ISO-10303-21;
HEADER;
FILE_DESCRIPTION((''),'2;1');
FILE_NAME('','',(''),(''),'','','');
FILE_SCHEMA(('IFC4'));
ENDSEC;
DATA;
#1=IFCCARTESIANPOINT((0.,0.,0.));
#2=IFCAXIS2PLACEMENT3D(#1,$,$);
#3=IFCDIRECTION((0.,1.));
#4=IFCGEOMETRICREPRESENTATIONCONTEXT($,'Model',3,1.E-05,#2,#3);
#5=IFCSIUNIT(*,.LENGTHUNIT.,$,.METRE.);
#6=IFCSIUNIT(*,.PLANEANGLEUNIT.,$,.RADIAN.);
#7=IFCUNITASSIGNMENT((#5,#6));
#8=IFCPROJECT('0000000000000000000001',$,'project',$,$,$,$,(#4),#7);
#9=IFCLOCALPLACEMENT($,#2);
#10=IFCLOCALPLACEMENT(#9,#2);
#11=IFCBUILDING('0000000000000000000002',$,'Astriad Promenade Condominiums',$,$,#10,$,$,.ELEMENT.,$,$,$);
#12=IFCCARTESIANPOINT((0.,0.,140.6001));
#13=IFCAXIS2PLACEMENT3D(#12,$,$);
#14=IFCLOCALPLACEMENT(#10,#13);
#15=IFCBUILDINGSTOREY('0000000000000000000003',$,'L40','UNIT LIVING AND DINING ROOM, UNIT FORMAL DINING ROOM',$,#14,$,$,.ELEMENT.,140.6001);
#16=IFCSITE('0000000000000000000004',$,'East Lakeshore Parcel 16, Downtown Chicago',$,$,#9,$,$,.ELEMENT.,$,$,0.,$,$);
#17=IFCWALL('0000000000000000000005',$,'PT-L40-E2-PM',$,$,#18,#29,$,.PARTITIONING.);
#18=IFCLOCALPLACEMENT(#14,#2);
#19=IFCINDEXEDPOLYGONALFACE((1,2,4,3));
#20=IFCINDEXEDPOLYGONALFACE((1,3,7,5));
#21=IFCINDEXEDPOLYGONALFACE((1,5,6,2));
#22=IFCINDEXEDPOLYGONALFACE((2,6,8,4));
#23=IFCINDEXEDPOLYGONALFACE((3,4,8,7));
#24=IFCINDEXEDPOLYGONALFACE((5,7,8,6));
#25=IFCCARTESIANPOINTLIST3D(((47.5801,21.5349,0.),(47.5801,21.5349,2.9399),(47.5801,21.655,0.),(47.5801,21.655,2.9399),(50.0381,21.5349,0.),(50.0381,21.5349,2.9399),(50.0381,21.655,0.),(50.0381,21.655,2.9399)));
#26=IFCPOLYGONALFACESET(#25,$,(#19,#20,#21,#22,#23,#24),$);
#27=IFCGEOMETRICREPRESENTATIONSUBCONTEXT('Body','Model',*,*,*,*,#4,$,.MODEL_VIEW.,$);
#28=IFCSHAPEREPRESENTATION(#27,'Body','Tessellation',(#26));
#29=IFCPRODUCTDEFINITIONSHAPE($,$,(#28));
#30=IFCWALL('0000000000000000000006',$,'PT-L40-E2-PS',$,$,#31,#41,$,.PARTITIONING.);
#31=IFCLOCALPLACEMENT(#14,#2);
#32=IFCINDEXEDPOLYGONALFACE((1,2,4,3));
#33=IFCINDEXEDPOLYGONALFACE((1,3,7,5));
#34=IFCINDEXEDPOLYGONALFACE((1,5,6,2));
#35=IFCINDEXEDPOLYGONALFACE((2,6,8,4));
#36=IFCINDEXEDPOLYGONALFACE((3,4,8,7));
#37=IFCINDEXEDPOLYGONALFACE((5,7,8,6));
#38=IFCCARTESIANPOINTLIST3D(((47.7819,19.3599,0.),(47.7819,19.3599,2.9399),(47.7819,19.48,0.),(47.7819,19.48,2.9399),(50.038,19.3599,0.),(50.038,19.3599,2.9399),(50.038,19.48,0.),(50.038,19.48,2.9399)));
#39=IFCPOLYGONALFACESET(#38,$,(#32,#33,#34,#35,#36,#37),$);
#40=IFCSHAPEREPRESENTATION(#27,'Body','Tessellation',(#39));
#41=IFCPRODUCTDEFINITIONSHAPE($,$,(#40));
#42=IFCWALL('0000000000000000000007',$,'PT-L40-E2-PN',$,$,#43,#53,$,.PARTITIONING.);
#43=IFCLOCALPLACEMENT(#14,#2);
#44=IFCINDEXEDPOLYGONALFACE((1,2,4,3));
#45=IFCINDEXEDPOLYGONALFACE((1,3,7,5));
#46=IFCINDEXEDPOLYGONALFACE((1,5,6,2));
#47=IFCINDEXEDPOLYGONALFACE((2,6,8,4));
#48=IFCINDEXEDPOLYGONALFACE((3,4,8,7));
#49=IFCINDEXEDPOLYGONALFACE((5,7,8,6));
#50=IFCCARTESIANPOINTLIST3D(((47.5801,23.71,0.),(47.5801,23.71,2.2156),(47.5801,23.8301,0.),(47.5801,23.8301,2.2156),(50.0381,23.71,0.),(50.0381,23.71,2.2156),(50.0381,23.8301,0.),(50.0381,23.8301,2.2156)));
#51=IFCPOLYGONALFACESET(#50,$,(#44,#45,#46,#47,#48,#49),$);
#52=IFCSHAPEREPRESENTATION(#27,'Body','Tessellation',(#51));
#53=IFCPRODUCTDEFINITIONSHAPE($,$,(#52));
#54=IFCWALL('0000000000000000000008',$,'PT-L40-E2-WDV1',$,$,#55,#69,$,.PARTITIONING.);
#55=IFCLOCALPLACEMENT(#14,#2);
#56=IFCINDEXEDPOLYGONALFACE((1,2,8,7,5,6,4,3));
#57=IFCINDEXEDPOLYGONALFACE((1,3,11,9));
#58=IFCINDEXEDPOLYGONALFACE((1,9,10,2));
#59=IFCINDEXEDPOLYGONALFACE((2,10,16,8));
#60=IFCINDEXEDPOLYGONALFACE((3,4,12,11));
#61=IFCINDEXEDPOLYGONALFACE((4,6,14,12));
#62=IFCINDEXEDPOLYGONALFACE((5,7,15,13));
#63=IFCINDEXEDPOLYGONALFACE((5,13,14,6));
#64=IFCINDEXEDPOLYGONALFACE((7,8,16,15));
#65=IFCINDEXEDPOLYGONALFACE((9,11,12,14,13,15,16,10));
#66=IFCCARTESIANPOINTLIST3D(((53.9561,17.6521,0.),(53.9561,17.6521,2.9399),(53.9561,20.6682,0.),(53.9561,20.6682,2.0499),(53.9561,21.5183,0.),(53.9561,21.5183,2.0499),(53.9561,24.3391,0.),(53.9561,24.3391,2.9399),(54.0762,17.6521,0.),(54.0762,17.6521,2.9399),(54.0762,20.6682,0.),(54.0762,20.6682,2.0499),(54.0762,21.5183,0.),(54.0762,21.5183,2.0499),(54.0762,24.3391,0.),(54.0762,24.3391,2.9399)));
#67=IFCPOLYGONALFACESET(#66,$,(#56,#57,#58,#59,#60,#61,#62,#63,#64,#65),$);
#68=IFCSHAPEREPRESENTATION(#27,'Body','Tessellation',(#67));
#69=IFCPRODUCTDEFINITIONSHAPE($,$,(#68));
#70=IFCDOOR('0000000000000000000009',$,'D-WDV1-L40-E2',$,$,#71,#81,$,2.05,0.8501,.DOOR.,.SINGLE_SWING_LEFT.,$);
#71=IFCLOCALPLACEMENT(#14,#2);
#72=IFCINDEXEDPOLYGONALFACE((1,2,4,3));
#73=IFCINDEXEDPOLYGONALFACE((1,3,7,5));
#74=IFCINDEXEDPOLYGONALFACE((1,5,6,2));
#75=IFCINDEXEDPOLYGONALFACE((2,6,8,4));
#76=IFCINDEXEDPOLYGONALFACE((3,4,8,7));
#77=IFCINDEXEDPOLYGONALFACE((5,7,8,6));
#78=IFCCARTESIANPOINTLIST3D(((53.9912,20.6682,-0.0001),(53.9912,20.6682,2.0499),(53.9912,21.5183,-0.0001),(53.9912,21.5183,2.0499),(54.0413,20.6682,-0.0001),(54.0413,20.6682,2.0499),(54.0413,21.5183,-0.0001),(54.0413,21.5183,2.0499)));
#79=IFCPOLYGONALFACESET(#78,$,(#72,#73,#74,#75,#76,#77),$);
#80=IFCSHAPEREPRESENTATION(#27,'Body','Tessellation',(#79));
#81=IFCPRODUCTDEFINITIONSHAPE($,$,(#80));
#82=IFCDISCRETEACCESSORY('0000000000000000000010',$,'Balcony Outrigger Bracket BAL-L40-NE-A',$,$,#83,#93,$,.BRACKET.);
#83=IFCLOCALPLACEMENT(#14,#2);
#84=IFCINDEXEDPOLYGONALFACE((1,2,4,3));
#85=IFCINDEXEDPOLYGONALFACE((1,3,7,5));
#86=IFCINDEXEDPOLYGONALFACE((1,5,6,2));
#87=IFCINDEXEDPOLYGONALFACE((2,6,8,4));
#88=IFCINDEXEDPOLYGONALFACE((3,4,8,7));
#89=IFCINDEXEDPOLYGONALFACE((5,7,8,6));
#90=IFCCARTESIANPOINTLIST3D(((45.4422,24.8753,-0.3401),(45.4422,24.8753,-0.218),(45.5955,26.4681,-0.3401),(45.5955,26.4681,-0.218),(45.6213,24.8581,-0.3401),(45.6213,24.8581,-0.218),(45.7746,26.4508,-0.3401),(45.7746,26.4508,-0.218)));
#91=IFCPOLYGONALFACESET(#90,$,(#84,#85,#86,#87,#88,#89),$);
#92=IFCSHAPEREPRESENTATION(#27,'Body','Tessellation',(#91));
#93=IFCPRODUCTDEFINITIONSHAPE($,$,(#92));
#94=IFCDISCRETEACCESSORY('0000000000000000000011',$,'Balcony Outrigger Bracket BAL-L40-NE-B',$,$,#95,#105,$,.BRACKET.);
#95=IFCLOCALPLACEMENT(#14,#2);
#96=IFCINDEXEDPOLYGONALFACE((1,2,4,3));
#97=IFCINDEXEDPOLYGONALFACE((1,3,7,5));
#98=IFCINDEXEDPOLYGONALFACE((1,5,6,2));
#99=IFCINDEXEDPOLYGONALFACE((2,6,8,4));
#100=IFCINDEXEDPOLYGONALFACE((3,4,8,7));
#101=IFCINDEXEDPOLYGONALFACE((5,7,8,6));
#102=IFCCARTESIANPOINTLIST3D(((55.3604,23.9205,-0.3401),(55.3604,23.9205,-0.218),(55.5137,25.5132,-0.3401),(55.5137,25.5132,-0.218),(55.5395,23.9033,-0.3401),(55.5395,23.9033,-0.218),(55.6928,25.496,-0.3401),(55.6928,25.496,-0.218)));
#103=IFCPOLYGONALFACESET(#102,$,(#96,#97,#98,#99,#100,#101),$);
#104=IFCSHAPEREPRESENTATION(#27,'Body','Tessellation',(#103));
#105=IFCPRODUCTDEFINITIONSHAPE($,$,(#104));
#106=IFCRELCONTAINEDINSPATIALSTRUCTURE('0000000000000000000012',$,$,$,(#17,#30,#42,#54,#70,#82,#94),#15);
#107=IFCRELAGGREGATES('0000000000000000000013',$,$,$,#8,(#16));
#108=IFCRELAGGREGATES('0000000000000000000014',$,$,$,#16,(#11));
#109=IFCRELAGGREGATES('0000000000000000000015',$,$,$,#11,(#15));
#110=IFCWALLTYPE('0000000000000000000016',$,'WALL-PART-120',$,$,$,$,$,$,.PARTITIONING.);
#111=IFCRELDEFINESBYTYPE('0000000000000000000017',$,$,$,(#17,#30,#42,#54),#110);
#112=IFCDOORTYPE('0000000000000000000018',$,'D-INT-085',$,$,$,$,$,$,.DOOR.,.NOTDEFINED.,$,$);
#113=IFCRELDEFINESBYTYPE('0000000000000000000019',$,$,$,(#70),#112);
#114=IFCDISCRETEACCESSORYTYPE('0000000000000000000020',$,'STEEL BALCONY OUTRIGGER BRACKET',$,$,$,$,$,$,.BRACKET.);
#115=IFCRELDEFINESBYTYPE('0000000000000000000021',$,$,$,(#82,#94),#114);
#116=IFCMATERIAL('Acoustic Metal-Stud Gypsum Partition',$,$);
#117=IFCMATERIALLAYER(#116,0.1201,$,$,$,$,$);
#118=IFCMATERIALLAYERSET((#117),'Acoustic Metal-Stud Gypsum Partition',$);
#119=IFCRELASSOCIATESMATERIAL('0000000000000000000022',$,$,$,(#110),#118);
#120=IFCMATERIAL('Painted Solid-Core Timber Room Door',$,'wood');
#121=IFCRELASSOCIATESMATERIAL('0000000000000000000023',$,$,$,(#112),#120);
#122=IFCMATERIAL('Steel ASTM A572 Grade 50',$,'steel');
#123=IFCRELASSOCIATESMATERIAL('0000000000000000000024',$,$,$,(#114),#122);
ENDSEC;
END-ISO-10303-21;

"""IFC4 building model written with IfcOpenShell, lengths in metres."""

from ifc_helpers import new_model, si_unit, direction, frame, frame_2d, origin, origin_2d, place, context, subcontext, project, spatial, rectangle, extrude, source, transform, mapped, material, layer, layer_set, type_object, type_shapes, element, fill, save


model = new_model("IFC4")

# Units and contexts
model_context = context("Model", 3, precision=1e-05, world=origin(), true_north=direction((0.0, 1.0)))
body_context = subcontext(model_context, "Body", "Model", "MODEL_VIEW")
ifc_project = project(units=[si_unit("LENGTHUNIT", "METRE"), si_unit("PLANEANGLEUNIT", "RADIAN")], contexts=[model_context])

# Site, building, storey
site_placement = place(None, origin())
site = spatial("IfcSite", under=ifc_project, at=site_placement, Name="East Lakeshore Parcel 16, Downtown Chicago", CompositionType="ELEMENT", RefElevation=0.0)
building_placement = place(site_placement, origin())
building = spatial("IfcBuilding", under=site, at=building_placement, Name="Astriad Promenade Condominiums", CompositionType="ELEMENT")
storey_placement = place(building_placement, frame((0.0, 0.0, 140.6001)))
storey = spatial("IfcBuildingStorey", under=building, at=storey_placement, Name="L40", Description="UNIT LIVING AND DINING ROOM, UNIT FORMAL DINING ROOM", CompositionType="ELEMENT", Elevation=140.6001)

# Shared definitions
ifc_material_1 = material(Name="Acoustic Metal-Stud Gypsum Partition")
ifc_layer_1 = layer(ifc_material_1, 0.1201)
ifc_layer_set_1 = layer_set([ifc_layer_1], Name="Acoustic Metal-Stud Gypsum Partition")
wall_type_1 = type_object("IfcWallType", Name="WALL-PART-120", PredefinedType="PARTITIONING", material=ifc_layer_set_1)
ifc_material_2 = material(Name="Painted Solid-Core Timber Room Door", Category="wood")
door_type_1 = type_object("IfcDoorType", Name="D-INT-085", OperationType="NOTDEFINED", PredefinedType="DOOR", material=ifc_material_2)
shared_shape_1 = source(origin(), body_context, "Body", "SweptSolid", [
    extrude(rectangle(XDim=0.8501, YDim=2.05, at=frame_2d((0.425, 1.0249))), frame((0.0, 0.0249, 0.0), z_axis=(0.0, -1.0, 0.0), x_axis=(1.0, 0.0, 0.0)), (0.0, 0.0, 1.0), 0.05),
])
type_shapes(door_type_1, [shared_shape_1])

# Walls
wall_1_placement = place(storey_placement, frame((47.5801, 21.595, 0.0), z_axis=(0.0, 0.0, 1.0), x_axis=(1.0, 0.0, 0.0)))
element("IfcWall", 1, at=wall_1_placement, inside=storey, type_object=wall_type_1, Name="PT-L40-E2-PM", PredefinedType="PARTITIONING", context=body_context, shape_type="SweptSolid", body=[
    extrude(rectangle(XDim=2.458, YDim=0.1201, at=frame_2d((1.229, 0.0))), origin(), (0.0, 0.0, 1.0), 2.9399),
])
wall_2_placement = place(storey_placement, frame((47.782, 19.4199, 0.0), z_axis=(0.0, 0.0, 1.0), x_axis=(1.0, 0.0, 0.0)))
element("IfcWall", 2, at=wall_2_placement, inside=storey, type_object=wall_type_1, Name="PT-L40-E2-PS", PredefinedType="PARTITIONING", context=body_context, shape_type="SweptSolid", body=[
    extrude(rectangle(XDim=2.2561, YDim=0.1201, at=frame_2d((1.1279, 0.0))), origin(), (0.0, 0.0, 1.0), 2.9399),
])
wall_3_placement = place(storey_placement, frame((47.5801, 23.77, 0.0), z_axis=(0.0, 0.0, 1.0), x_axis=(1.0, 0.0, 0.0)))
element("IfcWall", 3, at=wall_3_placement, inside=storey, type_object=wall_type_1, Name="PT-L40-E2-PN", PredefinedType="PARTITIONING", context=body_context, shape_type="SweptSolid", body=[
    extrude(rectangle(XDim=2.458, YDim=0.1201, at=frame_2d((1.229, 0.0))), origin(), (0.0, 0.0, 1.0), 2.2156),
])

# Wall, opening, door
wall_4_placement = place(storey_placement, frame((54.0161, 17.6521, 0.0), z_axis=(0.0, 0.0, 1.0), x_axis=(0.0, 1.0, 0.0)))
wall_4 = element("IfcWall", 4, at=wall_4_placement, inside=storey, type_object=wall_type_1, Name="PT-L40-E2-WDV1", PredefinedType="PARTITIONING", context=body_context, shape_type="SweptSolid", body=[
    extrude(rectangle(XDim=6.687, YDim=0.1201, at=frame_2d((3.3435, 0.0))), origin(), (0.0, 0.0, 1.0), 2.9399),
])
opening_1_placement = place(wall_4_placement, frame((3.0161, 0.0, 0.0)))
opening_1 = element("IfcOpeningElement", 5, at=opening_1_placement, cuts=wall_4, PredefinedType="OPENING", context=body_context, shape_type="SweptSolid", body=[
    extrude(rectangle(XDim=0.8501, YDim=2.05, at=frame_2d((0.425, 1.0249))), frame((0.0, 0.0701, 0.0), z_axis=(0.0, -1.0, 0.0), x_axis=(1.0, 0.0, 0.0)), (0.0, 0.0, 1.0), 0.1401),
])
door_1_placement = place(opening_1_placement, origin())
door_1 = element("IfcDoor", 6, at=door_1_placement, inside=storey, type_object=door_type_1, Name="D-WDV1-L40-E2", OperationType="SINGLE_SWING_LEFT", OverallHeight=2.05, OverallWidth=0.8501, PredefinedType="DOOR", context=body_context, shape_type="MappedRepresentation", body=[
    mapped(shared_shape_1, transform((0.0, 0.0, 0.0), scale=1.0)),
])
fill(opening_1, door_1)

# Discrete accessories
ifc_material_3 = material(Name="Steel ASTM A572 Grade 50", Category="steel")
discrete_accessory_type = type_object("IfcDiscreteAccessoryType", Name="STEEL BALCONY OUTRIGGER BRACKET", PredefinedType="BRACKET", material=ifc_material_3)
shared_shape_2 = source(origin(), body_context, "Body", "SweptSolid", [
    extrude(rectangle(XDim=1.6001, YDim=0.1799, at=origin_2d()), origin(), (0.0, 0.0, 1.0), 0.1221),
])
type_shapes(discrete_accessory_type, [shared_shape_2])
for number, where, z_axis, x_axis, name in (
    (7, (45.6084, 25.6631, -0.3401), (0.0, 0.0, 1.0), (0.095846, 0.995396, 0.0), "Balcony Outrigger Bracket BAL-L40-NE-A"),
    (8, (55.5266, 24.7083, -0.3401), (0.0, 0.0, 1.0), (0.095846, 0.995396, 0.0), "Balcony Outrigger Bracket BAL-L40-NE-B"),
):
    element("IfcDiscreteAccessory", number, at=place(storey_placement, frame(where, z_axis=z_axis, x_axis=x_axis)), inside=storey, type_object=discrete_accessory_type, Name=name, PredefinedType="BRACKET", context=body_context, shape_type="MappedRepresentation", body=[
        mapped(shared_shape_2, transform((0.0, 0.0, 0.0), scale=1.0)),
    ])

save(model, "model.ifc")
